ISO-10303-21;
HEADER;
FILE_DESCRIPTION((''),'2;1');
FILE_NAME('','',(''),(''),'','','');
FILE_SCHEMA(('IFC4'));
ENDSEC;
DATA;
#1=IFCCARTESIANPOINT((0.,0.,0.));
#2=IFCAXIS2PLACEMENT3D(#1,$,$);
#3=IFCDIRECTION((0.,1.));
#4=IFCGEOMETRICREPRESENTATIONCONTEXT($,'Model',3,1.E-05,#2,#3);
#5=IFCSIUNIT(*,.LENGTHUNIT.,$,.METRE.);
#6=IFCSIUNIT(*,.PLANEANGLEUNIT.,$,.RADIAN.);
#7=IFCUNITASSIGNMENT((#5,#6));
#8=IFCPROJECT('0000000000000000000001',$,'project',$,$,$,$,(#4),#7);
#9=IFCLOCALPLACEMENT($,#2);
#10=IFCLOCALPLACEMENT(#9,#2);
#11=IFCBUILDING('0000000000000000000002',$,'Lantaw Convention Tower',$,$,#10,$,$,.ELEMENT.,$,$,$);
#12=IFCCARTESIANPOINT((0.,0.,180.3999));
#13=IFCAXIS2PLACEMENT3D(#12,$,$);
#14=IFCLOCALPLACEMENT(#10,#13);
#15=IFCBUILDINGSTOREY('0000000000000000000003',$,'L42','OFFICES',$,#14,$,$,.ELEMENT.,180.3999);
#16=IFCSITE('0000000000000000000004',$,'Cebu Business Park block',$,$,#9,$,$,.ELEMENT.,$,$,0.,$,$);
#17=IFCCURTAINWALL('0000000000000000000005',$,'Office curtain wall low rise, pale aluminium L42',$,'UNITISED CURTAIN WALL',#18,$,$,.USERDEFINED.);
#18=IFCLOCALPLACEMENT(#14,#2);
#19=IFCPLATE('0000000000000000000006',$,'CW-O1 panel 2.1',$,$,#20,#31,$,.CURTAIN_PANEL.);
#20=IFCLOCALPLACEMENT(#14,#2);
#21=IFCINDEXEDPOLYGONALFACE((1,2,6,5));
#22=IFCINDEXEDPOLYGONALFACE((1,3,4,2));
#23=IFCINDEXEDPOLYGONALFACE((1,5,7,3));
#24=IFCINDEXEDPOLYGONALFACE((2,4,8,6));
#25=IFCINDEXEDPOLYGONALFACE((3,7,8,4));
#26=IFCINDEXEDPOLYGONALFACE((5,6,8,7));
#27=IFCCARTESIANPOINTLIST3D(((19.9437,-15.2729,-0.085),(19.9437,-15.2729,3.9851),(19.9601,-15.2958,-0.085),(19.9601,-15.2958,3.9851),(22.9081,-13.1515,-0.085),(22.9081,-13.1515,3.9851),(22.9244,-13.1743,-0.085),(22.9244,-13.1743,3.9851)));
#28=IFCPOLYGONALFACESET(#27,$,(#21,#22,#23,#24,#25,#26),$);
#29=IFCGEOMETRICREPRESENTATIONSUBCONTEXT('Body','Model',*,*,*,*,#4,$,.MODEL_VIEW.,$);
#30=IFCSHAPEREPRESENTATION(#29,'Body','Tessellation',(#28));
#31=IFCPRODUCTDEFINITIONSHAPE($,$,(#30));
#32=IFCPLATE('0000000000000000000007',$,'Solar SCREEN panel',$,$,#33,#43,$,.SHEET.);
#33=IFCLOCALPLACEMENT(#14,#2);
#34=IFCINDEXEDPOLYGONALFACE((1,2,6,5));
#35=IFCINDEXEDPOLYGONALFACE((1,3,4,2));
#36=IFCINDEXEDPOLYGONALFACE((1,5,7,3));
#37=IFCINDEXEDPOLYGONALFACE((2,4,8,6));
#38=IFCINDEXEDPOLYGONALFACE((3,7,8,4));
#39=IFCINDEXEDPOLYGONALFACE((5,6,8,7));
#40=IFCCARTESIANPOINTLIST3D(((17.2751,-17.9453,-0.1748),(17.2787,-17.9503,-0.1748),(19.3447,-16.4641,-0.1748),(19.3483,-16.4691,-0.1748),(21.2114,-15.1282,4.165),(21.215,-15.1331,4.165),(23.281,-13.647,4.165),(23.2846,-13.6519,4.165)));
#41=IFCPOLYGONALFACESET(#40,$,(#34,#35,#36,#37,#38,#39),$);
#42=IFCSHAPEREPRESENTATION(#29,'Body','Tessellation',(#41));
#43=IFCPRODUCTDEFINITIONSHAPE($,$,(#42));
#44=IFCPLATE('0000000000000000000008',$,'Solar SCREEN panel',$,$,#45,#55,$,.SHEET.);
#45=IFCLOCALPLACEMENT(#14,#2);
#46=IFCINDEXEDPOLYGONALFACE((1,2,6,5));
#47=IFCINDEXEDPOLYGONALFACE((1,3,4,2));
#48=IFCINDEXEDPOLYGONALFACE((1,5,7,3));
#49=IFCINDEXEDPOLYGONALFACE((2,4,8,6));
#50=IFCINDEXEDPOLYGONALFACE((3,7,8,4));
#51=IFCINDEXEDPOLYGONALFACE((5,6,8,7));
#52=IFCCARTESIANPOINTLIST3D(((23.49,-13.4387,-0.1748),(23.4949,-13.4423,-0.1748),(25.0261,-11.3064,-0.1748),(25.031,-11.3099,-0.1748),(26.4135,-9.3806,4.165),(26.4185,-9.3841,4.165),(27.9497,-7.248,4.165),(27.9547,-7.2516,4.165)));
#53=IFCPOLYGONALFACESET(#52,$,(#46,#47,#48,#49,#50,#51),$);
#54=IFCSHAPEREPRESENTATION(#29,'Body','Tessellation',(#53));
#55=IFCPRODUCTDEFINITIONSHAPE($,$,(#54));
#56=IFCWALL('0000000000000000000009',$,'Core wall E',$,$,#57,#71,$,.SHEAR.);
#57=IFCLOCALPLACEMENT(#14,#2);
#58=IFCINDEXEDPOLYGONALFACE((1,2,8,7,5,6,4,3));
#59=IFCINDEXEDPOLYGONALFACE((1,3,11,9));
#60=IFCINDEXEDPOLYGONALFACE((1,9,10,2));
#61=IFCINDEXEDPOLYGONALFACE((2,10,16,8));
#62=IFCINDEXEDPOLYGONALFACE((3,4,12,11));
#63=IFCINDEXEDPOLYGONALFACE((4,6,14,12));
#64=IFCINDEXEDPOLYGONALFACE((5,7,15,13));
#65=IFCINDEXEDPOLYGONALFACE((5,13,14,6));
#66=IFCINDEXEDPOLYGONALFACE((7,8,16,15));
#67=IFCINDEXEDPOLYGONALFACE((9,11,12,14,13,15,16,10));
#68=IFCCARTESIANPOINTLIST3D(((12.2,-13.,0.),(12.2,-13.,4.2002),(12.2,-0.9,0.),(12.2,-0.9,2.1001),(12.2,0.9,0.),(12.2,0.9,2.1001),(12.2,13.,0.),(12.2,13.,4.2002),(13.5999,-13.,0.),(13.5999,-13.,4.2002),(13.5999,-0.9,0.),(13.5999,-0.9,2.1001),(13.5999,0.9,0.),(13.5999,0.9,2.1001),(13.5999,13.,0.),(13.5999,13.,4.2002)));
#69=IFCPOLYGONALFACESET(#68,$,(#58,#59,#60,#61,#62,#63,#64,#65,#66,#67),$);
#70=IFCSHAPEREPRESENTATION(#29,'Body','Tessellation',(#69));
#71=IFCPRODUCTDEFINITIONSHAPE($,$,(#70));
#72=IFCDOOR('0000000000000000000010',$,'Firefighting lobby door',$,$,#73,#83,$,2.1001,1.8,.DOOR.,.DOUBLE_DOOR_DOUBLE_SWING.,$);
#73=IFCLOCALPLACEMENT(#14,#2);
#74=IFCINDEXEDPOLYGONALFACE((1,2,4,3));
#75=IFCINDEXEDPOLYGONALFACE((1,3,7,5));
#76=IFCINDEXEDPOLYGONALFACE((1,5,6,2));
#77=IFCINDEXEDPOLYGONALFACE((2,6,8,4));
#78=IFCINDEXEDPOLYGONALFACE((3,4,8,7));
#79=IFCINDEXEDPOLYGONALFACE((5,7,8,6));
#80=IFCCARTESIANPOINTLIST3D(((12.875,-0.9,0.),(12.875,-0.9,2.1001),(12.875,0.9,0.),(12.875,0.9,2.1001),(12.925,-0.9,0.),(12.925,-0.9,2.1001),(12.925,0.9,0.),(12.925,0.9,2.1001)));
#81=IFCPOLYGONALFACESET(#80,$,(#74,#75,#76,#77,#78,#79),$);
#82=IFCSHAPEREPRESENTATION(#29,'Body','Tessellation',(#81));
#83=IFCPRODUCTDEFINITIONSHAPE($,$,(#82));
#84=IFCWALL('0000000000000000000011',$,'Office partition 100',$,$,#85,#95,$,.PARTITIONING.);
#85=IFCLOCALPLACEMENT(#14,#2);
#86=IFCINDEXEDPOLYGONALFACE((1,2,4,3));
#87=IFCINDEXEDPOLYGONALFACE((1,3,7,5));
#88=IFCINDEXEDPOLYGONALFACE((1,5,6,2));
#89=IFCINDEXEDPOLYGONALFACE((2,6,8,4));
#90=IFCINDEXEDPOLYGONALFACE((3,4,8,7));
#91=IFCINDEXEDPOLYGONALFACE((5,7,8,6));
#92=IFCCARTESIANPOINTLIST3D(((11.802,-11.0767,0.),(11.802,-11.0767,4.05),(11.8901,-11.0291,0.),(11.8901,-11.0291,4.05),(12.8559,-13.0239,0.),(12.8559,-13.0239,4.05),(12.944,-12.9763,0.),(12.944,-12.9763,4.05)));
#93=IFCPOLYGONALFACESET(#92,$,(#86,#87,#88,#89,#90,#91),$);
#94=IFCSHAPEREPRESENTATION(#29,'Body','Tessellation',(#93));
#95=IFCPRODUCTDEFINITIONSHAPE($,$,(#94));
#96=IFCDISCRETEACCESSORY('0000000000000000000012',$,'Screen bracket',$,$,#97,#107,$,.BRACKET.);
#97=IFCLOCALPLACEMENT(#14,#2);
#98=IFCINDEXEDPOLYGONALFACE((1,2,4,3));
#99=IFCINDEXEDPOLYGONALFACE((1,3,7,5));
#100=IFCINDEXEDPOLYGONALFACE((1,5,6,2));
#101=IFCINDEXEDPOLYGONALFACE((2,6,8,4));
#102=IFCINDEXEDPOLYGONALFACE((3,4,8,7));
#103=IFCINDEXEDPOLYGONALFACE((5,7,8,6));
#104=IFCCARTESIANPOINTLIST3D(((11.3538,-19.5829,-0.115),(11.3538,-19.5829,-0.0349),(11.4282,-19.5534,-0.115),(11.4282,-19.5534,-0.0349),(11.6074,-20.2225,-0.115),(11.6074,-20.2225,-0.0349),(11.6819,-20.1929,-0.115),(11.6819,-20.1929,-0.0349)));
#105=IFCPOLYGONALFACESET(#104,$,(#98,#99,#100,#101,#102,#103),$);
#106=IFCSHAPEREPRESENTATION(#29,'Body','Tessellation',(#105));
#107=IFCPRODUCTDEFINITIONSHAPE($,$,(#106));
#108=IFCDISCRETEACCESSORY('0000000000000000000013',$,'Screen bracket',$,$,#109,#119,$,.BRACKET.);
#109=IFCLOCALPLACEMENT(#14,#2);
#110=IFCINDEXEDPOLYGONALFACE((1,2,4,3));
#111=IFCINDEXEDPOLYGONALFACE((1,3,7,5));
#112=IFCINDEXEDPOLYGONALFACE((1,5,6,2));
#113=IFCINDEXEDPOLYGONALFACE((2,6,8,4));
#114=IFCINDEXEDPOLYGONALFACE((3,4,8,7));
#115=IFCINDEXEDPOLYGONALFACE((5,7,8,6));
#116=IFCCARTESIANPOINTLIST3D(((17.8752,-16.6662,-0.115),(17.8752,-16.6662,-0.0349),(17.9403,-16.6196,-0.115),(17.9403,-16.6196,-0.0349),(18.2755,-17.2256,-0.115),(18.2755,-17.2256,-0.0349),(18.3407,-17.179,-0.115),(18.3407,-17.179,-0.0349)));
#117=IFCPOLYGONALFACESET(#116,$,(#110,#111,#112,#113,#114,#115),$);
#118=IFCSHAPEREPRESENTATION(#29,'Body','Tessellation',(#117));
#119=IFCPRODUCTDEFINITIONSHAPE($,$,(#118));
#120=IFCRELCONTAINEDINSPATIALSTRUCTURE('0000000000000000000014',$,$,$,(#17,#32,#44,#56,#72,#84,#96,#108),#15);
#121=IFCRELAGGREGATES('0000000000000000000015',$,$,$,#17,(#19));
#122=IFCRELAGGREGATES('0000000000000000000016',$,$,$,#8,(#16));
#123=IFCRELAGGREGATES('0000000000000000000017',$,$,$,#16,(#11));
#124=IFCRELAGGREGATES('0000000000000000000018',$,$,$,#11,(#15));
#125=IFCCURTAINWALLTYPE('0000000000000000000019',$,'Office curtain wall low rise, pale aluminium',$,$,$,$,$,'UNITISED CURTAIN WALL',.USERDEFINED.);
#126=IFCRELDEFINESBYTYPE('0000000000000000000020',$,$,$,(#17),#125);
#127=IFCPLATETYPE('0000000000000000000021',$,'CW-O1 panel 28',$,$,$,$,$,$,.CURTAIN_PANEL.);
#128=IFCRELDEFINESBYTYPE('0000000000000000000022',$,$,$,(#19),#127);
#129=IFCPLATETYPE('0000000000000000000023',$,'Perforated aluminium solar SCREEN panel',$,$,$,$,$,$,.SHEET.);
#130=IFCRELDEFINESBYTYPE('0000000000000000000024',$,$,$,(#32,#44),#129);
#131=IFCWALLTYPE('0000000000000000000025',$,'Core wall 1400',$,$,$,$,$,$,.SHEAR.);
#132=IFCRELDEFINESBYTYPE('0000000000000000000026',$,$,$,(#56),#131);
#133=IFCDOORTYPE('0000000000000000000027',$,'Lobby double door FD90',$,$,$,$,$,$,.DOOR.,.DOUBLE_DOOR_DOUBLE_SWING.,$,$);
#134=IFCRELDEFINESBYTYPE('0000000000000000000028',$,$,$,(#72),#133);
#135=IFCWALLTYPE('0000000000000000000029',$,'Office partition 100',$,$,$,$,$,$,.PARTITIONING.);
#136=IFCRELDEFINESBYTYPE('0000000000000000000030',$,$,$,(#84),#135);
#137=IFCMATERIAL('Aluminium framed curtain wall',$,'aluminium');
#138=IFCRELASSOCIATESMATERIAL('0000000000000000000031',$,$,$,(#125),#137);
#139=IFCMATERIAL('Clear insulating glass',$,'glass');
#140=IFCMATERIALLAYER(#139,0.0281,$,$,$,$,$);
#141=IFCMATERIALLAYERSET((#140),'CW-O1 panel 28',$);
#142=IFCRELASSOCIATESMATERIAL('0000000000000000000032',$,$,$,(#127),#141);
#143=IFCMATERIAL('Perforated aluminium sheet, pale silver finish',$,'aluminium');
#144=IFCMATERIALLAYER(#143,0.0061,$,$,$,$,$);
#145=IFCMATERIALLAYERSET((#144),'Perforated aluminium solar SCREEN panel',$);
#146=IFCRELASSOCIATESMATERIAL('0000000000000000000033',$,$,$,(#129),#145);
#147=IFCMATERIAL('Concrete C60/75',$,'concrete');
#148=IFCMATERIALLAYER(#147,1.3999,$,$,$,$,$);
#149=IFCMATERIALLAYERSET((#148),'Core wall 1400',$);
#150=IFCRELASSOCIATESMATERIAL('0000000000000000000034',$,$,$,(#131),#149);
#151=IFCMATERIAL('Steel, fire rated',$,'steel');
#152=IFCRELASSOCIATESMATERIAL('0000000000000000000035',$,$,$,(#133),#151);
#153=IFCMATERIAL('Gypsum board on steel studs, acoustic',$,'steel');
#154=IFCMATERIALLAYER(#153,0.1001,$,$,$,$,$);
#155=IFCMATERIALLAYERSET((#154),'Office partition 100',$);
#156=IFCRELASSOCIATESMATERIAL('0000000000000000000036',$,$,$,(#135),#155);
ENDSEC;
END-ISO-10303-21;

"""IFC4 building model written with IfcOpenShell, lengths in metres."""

from ifc_helpers import new_model, si_unit, direction, frame, frame_2d, origin, origin_2d, place, context, subcontext, project, spatial, polyline, rectangle, outline, extrude, material, layer, layer_set, type_object, element, fill, aggregate, save


model = new_model("IFC4")

# Units and contexts
model_context = context("Model", 3, precision=1e-05, world=origin(), true_north=direction((0.0, 1.0)))
body_context = subcontext(model_context, "Body", "Model", "MODEL_VIEW")
ifc_project = project(units=[si_unit("LENGTHUNIT", "METRE"), si_unit("PLANEANGLEUNIT", "RADIAN")], contexts=[model_context])

# Site, building, storey
site_placement = place(None, origin())
site = spatial("IfcSite", under=ifc_project, at=site_placement, Name="Cebu Business Park block", CompositionType="ELEMENT", RefElevation=0.0)
building_placement = place(site_placement, origin())
building = spatial("IfcBuilding", under=site, at=building_placement, Name="Lantaw Convention Tower", CompositionType="ELEMENT")
storey_placement = place(building_placement, frame((0.0, 0.0, 180.3999)))
storey = spatial("IfcBuildingStorey", under=building, at=storey_placement, Name="L42", Description="OFFICES", CompositionType="ELEMENT", Elevation=180.3999)

# Shared definitions
ifc_material_1 = material(Name="Concrete C60/75", Category="concrete")

# Curtain wall
ifc_material_2 = material(Name="Aluminium framed curtain wall", Category="aluminium")
curtain_wall_type = type_object("IfcCurtainWallType", Name="Office curtain wall low rise, pale aluminium", ElementType="UNITISED CURTAIN WALL", PredefinedType="USERDEFINED", material=ifc_material_2)
curtain_wall_1_placement = place(storey_placement, origin())
curtain_wall_1 = element("IfcCurtainWall", 1, at=curtain_wall_1_placement, inside=storey, type_object=curtain_wall_type, Name="Office curtain wall low rise, pale aluminium L42", ObjectType="UNITISED CURTAIN WALL", PredefinedType="USERDEFINED")

# Plate
ifc_material_3 = material(Name="Clear insulating glass", Category="glass")
ifc_layer_1 = layer(ifc_material_3, 0.0281)
ifc_layer_set_1 = layer_set([ifc_layer_1], Name="CW-O1 panel 28")
plate_type_1 = type_object("IfcPlateType", Name="CW-O1 panel 28", PredefinedType="CURTAIN_PANEL", material=ifc_layer_set_1)
plate_1_placement = place(storey_placement, frame((21.4341, -14.2236, -0.085), z_axis=(0.0, 0.0, 1.0), x_axis=(0.813208, 0.581973, 0.0)))
plate_1 = element("IfcPlate", 2, at=plate_1_placement, type_object=plate_type_1, Name="CW-O1 panel 2.1", PredefinedType="CURTAIN_PANEL", context=body_context, shape_type="SweptSolid", body=[
    extrude(rectangle(XDim=3.6453, YDim=0.0281, at=origin_2d()), origin(), (0.0, 0.0, 1.0), 4.0701),
])
aggregate(curtain_wall_1, [plate_1])

# Plates
ifc_material_4 = material(Name="Perforated aluminium sheet, pale silver finish", Category="aluminium")
ifc_layer_2 = layer(ifc_material_4, 0.0061)
ifc_layer_set_2 = layer_set([ifc_layer_2], Name="Perforated aluminium solar SCREEN panel")
plate_type_2 = type_object("IfcPlateType", Name="Perforated aluminium solar SCREEN panel", PredefinedType="SHEET", material=ifc_layer_set_2)
plate_2_placement = place(storey_placement, frame((17.2751, -17.9453, -0.1748), z_axis=(-0.582, 0.813189, 0.000012), x_axis=(0.813189, 0.582, 0.0)))
element("IfcPlate", 3, at=plate_2_placement, inside=storey, type_object=plate_type_2, Name="Solar SCREEN panel", PredefinedType="SHEET", context=body_context, shape_type="SweptSolid", body=[
    extrude(outline(polyline([(0.0, 0.0), (2.545, 0.0), (7.3855, -4.3398), (4.8405, -4.3398), (0.0, 0.0)])), origin(), (0.0, 0.0, -1.0), 0.0061),
])
plate_3_placement = place(storey_placement, frame((23.49, -13.4387, -0.1748), z_axis=(-0.811395, 0.584498, 0.000036), x_axis=(0.584498, 0.811395, 0.0)))
element("IfcPlate", 4, at=plate_3_placement, inside=storey, type_object=plate_type_2, Name="Solar SCREEN panel", PredefinedType="SHEET", context=body_context, shape_type="SweptSolid", body=[
    extrude(outline(polyline([(0.0, 0.0), (2.628, 0.0), (7.6298, -4.3398), (5.0016, -4.3398), (0.0, 0.0)])), origin(), (0.0, 0.0, -1.0), 0.0061),
])

# Wall, opening, door
ifc_layer_3 = layer(ifc_material_1, 1.3999)
ifc_layer_set_3 = layer_set([ifc_layer_3], Name="Core wall 1400")
wall_type_1 = type_object("IfcWallType", Name="Core wall 1400", PredefinedType="SHEAR", material=ifc_layer_set_3)
wall_1_placement = place(storey_placement, frame((12.8999, -13.0, 0.0), z_axis=(0.0, 0.0, 1.0), x_axis=(0.0, 1.0, 0.0)))
wall_1 = element("IfcWall", 5, at=wall_1_placement, inside=storey, type_object=wall_type_1, Name="Core wall E", PredefinedType="SHEAR", context=body_context, shape_type="SweptSolid", body=[
    extrude(rectangle(XDim=26.0, YDim=1.3999, at=frame_2d((13.0, 0.0))), origin(), (0.0, 0.0, 1.0), 4.2002),
])
opening_placement = place(wall_1_placement, frame((12.1001, 0.0, 0.0)))
opening = element("IfcOpeningElement", 6, at=opening_placement, cuts=wall_1, PredefinedType="OPENING", context=body_context, shape_type="SweptSolid", body=[
    extrude(rectangle(XDim=1.8, YDim=2.1001, at=frame_2d((0.8999, 1.05))), frame((0.0, 0.71, 0.0), z_axis=(0.0, -1.0, 0.0), x_axis=(1.0, 0.0, 0.0)), (0.0, 0.0, 1.0), 1.4199),
])
ifc_material_5 = material(Name="Steel, fire rated", Category="steel")
door_type = type_object("IfcDoorType", Name="Lobby double door FD90", OperationType="DOUBLE_DOOR_DOUBLE_SWING", PredefinedType="DOOR", material=ifc_material_5)
door_placement = place(opening_placement, origin())
door = element("IfcDoor", 7, at=door_placement, inside=storey, type_object=door_type, Name="Firefighting lobby door", OperationType="DOUBLE_DOOR_DOUBLE_SWING", OverallHeight=2.1001, OverallWidth=1.8, PredefinedType="DOOR", context=body_context, shape_type="SweptSolid", body=[
    extrude(rectangle(XDim=1.8, YDim=2.1001, at=frame_2d((0.8999, 1.05))), frame((0.0, 0.0249, 0.0), z_axis=(0.0, -1.0, 0.0), x_axis=(1.0, 0.0, 0.0)), (0.0, 0.0, 1.0), 0.05),
])
fill(opening, door)

# Wall
ifc_material_6 = material(Name="Gypsum board on steel studs, acoustic", Category="steel")
ifc_layer_4 = layer(ifc_material_6, 0.1001)
ifc_layer_set_4 = layer_set([ifc_layer_4], Name="Office partition 100")
wall_type_2 = type_object("IfcWallType", Name="Office partition 100", PredefinedType="PARTITIONING", material=ifc_layer_set_4)
wall_2_placement = place(storey_placement, frame((12.8999, -13.0, 0.0), z_axis=(0.0, 0.0, 1.0), x_axis=(-0.475999, 0.879446, 0.0)))
element("IfcWall", 8, at=wall_2_placement, inside=storey, type_object=wall_type_2, Name="Office partition 100", PredefinedType="PARTITIONING", context=body_context, shape_type="SweptSolid", body=[
    extrude(rectangle(XDim=2.2141, YDim=0.1001, at=frame_2d((1.1069, 0.0))), origin(), (0.0, 0.0, 1.0), 4.05),
])

# Discrete accessories
for number, where, z_axis, x_axis, name in (
    (9, (11.5178, -19.8879, -0.115), (0.0, 0.0, 1.0), (0.929548, 0.368702, 0.0), "Screen bracket"),
    (10, (18.1079, -16.9226, -0.115), (0.0, 0.0, 1.0), (0.813208, 0.581973, 0.0), "Screen bracket"),
):
    element("IfcDiscreteAccessory", number, at=place(storey_placement, frame(where, z_axis=z_axis, x_axis=x_axis)), inside=storey, Name=name, PredefinedType="BRACKET", context=body_context, shape_type="SweptSolid", body=[
        extrude(rectangle(XDim=0.0801, YDim=0.688, at=origin_2d()), origin(), (0.0, 0.0, 1.0), 0.0801),
    ])

save(model, "model.ifc")
